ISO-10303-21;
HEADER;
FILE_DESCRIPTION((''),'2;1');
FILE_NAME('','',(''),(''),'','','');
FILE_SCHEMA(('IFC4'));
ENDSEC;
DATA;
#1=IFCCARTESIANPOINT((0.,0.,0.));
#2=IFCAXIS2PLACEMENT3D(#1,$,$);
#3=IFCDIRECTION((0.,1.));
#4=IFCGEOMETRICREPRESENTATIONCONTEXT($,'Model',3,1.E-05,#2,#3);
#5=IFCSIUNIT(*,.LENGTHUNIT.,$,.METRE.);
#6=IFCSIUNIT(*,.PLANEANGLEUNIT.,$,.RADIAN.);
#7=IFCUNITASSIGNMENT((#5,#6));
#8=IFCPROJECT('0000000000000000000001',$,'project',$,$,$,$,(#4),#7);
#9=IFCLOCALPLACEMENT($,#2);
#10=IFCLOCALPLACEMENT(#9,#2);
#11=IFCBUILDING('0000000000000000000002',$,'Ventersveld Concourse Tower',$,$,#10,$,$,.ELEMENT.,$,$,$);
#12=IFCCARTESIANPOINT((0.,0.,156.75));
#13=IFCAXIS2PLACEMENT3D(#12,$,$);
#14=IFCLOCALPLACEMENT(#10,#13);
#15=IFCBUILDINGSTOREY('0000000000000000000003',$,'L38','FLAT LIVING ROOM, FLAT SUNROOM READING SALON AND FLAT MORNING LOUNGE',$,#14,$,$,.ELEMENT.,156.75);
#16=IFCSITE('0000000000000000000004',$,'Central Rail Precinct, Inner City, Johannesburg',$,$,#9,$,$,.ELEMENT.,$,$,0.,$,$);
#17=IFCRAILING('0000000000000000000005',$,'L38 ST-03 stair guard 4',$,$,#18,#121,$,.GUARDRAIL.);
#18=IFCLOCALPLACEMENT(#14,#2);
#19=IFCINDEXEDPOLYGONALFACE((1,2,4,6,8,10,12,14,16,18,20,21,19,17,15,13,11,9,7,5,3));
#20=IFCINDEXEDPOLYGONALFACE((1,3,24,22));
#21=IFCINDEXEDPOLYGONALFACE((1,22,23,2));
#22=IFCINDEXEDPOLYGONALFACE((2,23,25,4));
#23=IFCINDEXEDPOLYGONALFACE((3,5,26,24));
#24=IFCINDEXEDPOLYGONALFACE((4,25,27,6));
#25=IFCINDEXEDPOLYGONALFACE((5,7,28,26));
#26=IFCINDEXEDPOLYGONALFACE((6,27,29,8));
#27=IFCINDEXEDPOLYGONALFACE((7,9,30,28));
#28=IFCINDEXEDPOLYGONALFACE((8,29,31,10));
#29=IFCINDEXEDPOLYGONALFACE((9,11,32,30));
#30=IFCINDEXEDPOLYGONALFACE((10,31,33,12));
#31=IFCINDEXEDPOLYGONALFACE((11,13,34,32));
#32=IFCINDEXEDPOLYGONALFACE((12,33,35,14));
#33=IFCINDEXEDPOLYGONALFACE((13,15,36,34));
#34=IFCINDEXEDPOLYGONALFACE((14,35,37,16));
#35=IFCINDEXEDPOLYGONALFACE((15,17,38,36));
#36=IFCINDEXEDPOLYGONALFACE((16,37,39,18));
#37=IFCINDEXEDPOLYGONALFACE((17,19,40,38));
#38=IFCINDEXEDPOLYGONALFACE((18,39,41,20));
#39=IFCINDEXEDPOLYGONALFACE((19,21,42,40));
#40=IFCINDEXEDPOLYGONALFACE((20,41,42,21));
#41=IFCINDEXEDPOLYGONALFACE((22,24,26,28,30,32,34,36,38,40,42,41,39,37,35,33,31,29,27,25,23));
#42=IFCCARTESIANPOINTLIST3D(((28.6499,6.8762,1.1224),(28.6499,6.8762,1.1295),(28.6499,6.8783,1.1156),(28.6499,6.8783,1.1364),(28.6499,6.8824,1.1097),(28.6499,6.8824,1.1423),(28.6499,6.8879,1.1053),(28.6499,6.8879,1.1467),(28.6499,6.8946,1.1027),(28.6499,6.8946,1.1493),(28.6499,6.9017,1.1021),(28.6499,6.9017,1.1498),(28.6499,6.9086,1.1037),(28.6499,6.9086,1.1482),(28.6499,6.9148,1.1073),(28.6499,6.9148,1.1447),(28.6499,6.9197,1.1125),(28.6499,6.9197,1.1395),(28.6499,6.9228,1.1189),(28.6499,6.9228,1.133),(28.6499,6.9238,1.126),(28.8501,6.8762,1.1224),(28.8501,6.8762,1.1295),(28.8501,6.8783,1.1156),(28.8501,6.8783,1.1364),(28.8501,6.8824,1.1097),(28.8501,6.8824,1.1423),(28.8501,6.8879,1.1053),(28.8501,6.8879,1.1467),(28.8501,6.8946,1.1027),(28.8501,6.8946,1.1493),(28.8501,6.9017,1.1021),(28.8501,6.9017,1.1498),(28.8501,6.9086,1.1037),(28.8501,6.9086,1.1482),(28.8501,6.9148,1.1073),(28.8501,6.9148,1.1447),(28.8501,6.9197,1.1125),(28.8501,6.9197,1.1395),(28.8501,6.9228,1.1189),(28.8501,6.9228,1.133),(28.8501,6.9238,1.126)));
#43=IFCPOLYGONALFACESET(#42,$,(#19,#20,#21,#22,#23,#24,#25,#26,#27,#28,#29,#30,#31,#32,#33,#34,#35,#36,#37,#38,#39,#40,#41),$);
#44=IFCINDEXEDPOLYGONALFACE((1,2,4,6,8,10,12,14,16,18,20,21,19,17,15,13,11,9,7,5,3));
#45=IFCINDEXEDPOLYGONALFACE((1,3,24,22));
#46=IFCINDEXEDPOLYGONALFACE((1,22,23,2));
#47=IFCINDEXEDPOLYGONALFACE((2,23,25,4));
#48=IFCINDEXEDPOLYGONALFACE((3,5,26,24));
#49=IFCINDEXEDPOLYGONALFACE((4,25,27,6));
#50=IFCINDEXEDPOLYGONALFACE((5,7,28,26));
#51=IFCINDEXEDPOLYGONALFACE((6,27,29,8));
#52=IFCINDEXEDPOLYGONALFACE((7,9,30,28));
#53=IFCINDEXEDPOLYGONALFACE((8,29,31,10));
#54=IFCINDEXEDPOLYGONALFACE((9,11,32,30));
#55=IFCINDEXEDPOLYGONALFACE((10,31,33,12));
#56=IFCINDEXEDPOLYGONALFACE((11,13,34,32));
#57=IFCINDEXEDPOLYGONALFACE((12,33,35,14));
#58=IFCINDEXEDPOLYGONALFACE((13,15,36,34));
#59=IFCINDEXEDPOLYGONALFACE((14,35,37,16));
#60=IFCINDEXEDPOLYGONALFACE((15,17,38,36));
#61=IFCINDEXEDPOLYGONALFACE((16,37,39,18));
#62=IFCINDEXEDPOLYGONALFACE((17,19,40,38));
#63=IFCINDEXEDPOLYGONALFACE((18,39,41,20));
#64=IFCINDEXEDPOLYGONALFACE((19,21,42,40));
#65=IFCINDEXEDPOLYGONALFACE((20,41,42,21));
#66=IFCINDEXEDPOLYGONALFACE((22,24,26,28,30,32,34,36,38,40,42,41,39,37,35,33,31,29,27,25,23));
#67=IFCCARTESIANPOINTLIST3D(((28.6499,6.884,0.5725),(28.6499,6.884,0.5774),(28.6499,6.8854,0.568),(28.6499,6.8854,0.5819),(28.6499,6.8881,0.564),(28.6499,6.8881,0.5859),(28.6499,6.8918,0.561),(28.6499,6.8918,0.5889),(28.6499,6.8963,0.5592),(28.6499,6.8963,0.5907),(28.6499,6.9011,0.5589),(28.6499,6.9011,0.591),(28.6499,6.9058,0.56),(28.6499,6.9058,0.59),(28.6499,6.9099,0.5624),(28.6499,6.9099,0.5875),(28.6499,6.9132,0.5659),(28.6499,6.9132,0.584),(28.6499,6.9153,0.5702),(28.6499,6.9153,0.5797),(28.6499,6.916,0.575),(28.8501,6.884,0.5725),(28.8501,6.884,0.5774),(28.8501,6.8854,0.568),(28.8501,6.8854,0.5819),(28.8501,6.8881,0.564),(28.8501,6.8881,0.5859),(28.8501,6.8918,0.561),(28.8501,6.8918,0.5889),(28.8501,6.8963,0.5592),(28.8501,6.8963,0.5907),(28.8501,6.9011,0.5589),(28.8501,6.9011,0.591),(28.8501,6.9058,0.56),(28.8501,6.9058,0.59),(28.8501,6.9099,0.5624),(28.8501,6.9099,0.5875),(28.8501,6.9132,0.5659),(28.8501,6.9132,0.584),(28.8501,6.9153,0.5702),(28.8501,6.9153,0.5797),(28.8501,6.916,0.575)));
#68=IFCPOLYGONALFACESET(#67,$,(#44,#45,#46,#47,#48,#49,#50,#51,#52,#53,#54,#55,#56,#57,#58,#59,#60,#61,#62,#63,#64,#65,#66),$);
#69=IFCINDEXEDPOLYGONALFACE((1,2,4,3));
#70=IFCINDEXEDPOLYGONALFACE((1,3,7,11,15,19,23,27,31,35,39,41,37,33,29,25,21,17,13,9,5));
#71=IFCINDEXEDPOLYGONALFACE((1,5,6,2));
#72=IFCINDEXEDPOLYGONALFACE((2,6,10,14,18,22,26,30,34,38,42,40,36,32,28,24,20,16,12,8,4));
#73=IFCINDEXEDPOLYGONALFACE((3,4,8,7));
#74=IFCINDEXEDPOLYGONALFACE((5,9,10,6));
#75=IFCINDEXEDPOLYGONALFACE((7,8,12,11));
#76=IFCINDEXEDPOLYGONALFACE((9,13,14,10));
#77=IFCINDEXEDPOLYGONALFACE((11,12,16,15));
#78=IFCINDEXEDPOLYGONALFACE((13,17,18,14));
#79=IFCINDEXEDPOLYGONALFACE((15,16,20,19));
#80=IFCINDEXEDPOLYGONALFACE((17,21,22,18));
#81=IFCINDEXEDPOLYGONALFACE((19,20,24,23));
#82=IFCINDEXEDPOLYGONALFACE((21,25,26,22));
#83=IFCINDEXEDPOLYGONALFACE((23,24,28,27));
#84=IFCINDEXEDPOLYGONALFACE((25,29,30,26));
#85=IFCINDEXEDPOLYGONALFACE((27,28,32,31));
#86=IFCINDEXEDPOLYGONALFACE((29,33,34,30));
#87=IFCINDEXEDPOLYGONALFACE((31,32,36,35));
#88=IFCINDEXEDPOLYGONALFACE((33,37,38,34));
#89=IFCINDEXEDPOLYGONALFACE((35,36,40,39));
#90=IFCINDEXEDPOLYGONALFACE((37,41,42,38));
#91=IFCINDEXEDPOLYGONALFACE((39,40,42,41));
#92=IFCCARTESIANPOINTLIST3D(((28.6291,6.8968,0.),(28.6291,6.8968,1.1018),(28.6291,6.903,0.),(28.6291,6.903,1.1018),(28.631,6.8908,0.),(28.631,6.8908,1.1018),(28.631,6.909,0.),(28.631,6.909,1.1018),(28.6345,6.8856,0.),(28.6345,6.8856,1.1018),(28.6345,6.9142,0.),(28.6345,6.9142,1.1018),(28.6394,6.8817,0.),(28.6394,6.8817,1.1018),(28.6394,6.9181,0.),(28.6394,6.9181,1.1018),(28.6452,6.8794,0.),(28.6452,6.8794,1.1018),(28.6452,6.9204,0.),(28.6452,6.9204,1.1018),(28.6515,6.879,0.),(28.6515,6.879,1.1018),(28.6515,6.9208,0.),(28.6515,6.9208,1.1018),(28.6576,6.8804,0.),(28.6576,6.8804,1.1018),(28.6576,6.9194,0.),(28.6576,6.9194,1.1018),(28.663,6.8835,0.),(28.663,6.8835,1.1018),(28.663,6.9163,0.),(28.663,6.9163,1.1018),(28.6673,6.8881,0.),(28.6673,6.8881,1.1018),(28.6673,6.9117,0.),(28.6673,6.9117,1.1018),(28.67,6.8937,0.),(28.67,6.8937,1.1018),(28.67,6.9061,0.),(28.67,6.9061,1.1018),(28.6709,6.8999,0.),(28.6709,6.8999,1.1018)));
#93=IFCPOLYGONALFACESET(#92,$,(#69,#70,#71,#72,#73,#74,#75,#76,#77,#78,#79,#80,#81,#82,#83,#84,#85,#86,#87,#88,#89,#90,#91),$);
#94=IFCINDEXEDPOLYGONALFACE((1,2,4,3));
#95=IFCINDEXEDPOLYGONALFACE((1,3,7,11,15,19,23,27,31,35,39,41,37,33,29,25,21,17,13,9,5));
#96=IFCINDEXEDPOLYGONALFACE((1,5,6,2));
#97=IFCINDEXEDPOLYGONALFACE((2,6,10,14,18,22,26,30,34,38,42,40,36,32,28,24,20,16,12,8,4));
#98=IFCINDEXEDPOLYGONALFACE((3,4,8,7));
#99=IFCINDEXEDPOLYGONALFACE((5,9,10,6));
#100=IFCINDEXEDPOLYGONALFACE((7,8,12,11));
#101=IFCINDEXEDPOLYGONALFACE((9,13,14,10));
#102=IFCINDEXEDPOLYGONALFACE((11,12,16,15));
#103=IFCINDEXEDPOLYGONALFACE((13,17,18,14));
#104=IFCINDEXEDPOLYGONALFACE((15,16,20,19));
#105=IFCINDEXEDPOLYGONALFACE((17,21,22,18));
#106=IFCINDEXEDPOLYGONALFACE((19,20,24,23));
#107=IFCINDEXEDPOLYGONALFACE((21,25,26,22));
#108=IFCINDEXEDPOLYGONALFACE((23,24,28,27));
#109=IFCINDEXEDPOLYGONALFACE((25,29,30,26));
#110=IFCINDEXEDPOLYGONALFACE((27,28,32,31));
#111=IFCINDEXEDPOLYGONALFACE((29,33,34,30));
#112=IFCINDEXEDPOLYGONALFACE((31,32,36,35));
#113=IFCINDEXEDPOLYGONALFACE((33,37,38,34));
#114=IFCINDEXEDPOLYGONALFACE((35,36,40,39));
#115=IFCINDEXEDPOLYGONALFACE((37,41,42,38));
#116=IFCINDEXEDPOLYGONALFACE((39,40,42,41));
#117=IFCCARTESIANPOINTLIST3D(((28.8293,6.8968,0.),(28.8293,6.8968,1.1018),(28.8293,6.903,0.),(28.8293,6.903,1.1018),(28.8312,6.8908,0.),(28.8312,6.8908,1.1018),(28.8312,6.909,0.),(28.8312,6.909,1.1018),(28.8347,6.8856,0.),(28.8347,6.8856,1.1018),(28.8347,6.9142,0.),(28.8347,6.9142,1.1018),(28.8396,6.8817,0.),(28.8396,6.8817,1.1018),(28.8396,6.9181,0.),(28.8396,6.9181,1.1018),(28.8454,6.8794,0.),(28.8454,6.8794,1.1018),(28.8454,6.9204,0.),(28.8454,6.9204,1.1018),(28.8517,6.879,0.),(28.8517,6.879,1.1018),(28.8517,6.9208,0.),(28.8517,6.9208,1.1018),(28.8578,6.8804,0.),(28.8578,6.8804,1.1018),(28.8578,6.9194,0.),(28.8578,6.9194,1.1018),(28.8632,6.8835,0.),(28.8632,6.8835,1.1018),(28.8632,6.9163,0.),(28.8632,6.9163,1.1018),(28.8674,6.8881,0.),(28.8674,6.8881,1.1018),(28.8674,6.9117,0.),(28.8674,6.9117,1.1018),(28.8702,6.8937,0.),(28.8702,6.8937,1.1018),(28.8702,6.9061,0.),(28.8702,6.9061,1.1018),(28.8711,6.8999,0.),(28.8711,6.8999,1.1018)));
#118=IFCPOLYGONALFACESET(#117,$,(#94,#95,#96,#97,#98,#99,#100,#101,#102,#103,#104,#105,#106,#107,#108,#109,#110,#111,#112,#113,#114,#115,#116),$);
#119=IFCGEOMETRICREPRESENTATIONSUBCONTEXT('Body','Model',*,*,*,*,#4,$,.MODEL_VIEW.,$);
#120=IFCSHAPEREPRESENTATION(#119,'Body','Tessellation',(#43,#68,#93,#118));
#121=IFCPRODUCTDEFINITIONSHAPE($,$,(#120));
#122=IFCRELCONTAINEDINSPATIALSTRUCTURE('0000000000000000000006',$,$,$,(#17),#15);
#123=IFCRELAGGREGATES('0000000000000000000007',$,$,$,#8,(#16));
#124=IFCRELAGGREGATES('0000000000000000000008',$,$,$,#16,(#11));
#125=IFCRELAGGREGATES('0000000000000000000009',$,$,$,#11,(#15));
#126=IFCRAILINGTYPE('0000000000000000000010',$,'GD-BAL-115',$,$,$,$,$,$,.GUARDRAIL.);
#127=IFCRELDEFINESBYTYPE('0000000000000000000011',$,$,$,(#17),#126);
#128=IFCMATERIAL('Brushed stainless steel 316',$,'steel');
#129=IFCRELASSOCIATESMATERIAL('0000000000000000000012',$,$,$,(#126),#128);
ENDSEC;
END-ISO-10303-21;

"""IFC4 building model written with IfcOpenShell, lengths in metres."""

from ifc_helpers import new_model, si_unit, direction, frame, origin, origin_2d, place, context, subcontext, project, spatial, circle, extrude, material, type_object, element, save


model = new_model("IFC4")

# Units and contexts
model_context = context("Model", 3, precision=1e-05, world=origin(), true_north=direction((0.0, 1.0)))
body_context = subcontext(model_context, "Body", "Model", "MODEL_VIEW")
ifc_project = project(units=[si_unit("LENGTHUNIT", "METRE"), si_unit("PLANEANGLEUNIT", "RADIAN")], contexts=[model_context])

# Site, building, storey
site_placement = place(None, origin())
site = spatial("IfcSite", under=ifc_project, at=site_placement, Name="Central Rail Precinct, Inner City, Johannesburg", CompositionType="ELEMENT", RefElevation=0.0)
building_placement = place(site_placement, origin())
building = spatial("IfcBuilding", under=site, at=building_placement, Name="Ventersveld Concourse Tower", CompositionType="ELEMENT")
storey_placement = place(building_placement, frame((0.0, 0.0, 156.75)))
storey = spatial("IfcBuildingStorey", under=building, at=storey_placement, Name="L38", Description="FLAT LIVING ROOM, FLAT SUNROOM READING SALON AND FLAT MORNING LOUNGE", CompositionType="ELEMENT", Elevation=156.75)

# Shared definitions
ifc_material_1 = material(Name="Brushed stainless steel 316", Category="steel")

# Railing
railing_type_1 = type_object("IfcRailingType", Name="GD-BAL-115", PredefinedType="GUARDRAIL", material=ifc_material_1)
railing_1_placement = place(storey_placement, frame((28.6499, 6.8999, 0.0)))
element("IfcRailing", 1, at=railing_1_placement, inside=storey, type_object=railing_type_1, Name="L38 ST-03 stair guard 4", PredefinedType="GUARDRAIL", context=body_context, shape_type="SweptSolid", body=[
    extrude(circle(Radius=0.0239, at=origin_2d()), frame((0.0, 0.0, 1.126), z_axis=(1.0, 0.0, 0.0), x_axis=(0.0, 1.0, 0.0)), (0.0, 0.0, 1.0), 0.2002),
    extrude(circle(Radius=0.0161, at=origin_2d()), frame((0.0, 0.0, 0.575), z_axis=(1.0, 0.0, 0.0), x_axis=(0.0, 1.0, 0.0)), (0.0, 0.0, 1.0), 0.2002),
    extrude(circle(Radius=0.021, at=origin_2d()), origin(), (0.0, 0.0, 1.0), 1.1018),
    extrude(circle(Radius=0.021, at=origin_2d()), frame((0.2002, 0.0, 0.0)), (0.0, 0.0, 1.0), 1.1018),
])

save(model, "model.ifc")
